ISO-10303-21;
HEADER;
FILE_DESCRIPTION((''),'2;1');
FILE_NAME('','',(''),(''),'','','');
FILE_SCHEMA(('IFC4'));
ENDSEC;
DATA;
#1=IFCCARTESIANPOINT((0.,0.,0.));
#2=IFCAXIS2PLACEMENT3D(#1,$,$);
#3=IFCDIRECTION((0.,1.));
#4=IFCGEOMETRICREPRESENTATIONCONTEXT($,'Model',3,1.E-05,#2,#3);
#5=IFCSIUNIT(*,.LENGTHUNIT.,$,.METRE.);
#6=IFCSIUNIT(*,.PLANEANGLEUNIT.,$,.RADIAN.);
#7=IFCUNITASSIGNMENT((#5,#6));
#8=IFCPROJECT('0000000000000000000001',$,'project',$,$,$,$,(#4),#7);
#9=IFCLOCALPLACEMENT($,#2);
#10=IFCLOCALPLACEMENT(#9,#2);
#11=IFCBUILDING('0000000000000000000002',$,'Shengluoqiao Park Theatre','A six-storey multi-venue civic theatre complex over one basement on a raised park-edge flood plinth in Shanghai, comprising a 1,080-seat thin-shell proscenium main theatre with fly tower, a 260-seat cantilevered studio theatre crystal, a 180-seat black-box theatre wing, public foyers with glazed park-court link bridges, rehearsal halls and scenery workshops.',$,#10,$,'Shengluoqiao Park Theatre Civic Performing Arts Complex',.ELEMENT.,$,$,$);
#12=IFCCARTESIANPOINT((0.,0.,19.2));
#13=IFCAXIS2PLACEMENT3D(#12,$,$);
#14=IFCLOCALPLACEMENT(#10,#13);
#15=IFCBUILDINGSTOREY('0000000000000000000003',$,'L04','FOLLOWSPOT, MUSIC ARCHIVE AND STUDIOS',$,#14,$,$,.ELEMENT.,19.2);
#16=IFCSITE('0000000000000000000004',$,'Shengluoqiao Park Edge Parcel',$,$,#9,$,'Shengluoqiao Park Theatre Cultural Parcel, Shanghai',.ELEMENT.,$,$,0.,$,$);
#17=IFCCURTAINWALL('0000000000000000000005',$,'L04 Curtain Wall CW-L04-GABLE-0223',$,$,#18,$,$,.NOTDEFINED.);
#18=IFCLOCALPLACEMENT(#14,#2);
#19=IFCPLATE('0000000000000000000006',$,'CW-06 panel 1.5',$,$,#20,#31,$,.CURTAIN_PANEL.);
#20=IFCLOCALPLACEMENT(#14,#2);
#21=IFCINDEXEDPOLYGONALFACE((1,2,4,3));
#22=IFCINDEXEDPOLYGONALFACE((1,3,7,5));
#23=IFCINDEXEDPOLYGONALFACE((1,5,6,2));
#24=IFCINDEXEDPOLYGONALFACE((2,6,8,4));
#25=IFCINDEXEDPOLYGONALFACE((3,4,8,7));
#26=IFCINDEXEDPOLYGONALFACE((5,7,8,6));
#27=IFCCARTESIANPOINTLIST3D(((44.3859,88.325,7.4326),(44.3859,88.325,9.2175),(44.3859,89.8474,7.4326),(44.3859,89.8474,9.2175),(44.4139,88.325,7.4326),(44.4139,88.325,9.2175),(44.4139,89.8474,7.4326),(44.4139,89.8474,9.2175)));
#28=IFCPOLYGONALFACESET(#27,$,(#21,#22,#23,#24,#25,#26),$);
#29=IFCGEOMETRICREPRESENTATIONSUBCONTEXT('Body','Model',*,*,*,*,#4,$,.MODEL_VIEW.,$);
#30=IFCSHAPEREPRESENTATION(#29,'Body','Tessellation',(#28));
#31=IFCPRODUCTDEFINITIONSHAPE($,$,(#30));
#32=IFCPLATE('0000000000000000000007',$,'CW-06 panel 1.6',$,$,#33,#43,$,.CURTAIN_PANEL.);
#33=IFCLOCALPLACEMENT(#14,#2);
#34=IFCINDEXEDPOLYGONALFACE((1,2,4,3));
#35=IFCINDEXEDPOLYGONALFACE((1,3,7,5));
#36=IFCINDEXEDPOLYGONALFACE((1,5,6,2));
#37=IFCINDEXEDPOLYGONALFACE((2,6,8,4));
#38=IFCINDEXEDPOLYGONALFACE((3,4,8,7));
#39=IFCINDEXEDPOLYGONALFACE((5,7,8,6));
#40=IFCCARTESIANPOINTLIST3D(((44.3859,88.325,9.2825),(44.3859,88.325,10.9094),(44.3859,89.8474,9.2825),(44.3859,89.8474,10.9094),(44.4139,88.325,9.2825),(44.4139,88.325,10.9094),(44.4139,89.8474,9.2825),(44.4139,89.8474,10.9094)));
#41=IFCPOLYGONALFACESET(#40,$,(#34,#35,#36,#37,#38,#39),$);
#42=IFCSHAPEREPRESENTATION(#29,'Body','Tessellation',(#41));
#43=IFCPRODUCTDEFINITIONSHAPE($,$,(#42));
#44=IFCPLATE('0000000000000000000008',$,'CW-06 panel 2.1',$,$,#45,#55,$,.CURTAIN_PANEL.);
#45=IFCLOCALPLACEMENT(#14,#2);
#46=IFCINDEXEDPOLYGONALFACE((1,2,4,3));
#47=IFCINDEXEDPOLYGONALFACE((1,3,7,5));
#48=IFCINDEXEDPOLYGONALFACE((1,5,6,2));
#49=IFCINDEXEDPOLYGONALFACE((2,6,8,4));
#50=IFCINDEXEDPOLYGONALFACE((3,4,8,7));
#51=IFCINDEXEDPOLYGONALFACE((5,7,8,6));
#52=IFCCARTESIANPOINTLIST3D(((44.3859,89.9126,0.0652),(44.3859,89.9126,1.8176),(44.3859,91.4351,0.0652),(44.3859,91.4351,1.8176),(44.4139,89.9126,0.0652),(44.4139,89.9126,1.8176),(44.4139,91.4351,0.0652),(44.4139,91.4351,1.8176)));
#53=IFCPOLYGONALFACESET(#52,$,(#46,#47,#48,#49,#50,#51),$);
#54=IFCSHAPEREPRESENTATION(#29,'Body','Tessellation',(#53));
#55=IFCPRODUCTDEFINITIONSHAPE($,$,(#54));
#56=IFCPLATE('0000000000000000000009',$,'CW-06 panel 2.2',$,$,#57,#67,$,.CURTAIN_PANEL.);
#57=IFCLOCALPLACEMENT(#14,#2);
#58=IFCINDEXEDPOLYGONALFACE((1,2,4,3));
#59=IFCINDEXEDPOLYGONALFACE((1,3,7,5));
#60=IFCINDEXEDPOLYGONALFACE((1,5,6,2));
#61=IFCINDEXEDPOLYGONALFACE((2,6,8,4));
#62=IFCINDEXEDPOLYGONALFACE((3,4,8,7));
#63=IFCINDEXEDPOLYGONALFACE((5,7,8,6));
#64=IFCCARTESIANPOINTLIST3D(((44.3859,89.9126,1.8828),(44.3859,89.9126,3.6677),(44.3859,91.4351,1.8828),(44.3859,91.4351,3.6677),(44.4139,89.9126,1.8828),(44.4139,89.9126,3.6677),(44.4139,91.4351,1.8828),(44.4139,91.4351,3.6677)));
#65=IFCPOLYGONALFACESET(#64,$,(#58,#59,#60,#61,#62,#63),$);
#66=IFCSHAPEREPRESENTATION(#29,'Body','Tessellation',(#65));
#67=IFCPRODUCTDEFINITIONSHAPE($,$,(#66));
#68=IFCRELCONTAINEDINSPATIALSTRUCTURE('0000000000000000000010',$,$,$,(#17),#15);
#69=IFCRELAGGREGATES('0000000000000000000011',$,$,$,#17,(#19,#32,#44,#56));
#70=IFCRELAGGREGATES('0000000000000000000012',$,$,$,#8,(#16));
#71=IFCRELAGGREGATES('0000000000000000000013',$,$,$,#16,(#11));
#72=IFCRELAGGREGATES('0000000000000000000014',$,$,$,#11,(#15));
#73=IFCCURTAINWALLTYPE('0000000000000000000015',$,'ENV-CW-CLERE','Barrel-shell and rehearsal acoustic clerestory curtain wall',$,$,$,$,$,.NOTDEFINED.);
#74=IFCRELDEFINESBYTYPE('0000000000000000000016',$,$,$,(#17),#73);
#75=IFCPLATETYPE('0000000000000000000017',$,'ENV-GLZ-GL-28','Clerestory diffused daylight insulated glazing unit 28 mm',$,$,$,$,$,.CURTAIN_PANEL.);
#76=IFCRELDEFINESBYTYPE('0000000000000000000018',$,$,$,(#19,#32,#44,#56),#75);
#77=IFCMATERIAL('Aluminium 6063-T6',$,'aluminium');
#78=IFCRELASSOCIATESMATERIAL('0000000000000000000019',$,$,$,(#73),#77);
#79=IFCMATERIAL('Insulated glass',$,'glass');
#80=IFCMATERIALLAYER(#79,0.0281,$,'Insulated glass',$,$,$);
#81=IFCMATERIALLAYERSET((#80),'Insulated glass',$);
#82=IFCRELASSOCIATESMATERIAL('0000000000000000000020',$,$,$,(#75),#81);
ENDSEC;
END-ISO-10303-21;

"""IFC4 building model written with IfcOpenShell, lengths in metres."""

from ifc_helpers import new_model, si_unit, direction, frame, origin, origin_2d, place, context, subcontext, project, spatial, rectangle, extrude, material, layer, layer_set, type_object, element, aggregate, save


model = new_model("IFC4")

# Units and contexts
model_context = context("Model", 3, precision=1e-05, world=origin(), true_north=direction((0.0, 1.0)))
body_context = subcontext(model_context, "Body", "Model", "MODEL_VIEW")
ifc_project = project(units=[si_unit("LENGTHUNIT", "METRE"), si_unit("PLANEANGLEUNIT", "RADIAN")], contexts=[model_context])

# Site, building, storey
site_placement = place(None, origin())
site = spatial("IfcSite", under=ifc_project, at=site_placement, Name="Shengluoqiao Park Edge Parcel", LongName="Shengluoqiao Park Theatre Cultural Parcel, Shanghai", CompositionType="ELEMENT", RefElevation=0.0)
building_placement = place(site_placement, origin())
building = spatial("IfcBuilding", under=site, at=building_placement, Name="Shengluoqiao Park Theatre", Description="A six-storey multi-venue civic theatre complex over one basement on a raised park-edge flood plinth in Shanghai, comprising a 1,080-seat thin-shell proscenium main theatre with fly tower, a 260-seat cantilevered studio theatre crystal, a 180-seat black-box theatre wing, public foyers with glazed park-court link bridges, rehearsal halls and scenery workshops.", LongName="Shengluoqiao Park Theatre Civic Performing Arts Complex", CompositionType="ELEMENT")
storey_placement = place(building_placement, frame((0.0, 0.0, 19.2)))
storey = spatial("IfcBuildingStorey", under=building, at=storey_placement, Name="L04", Description="FOLLOWSPOT, MUSIC ARCHIVE AND STUDIOS", CompositionType="ELEMENT", Elevation=19.2)

# Curtain wall, plates
ifc_material_1 = material(Name="Aluminium 6063-T6", Category="aluminium")
curtain_wall_type = type_object("IfcCurtainWallType", Name="ENV-CW-CLERE", Description="Barrel-shell and rehearsal acoustic clerestory curtain wall", PredefinedType="NOTDEFINED", material=ifc_material_1)
curtain_wall_placement = place(storey_placement, origin())
curtain_wall = element("IfcCurtainWall", 1, at=curtain_wall_placement, inside=storey, type_object=curtain_wall_type, Name="L04 Curtain Wall CW-L04-GABLE-0223", PredefinedType="NOTDEFINED")
ifc_material_2 = material(Name="Insulated glass", Category="glass")
ifc_layer = layer(ifc_material_2, 0.0281, Name="Insulated glass")
ifc_layer_set = layer_set([ifc_layer], Name="Insulated glass")
plate_type = type_object("IfcPlateType", Name="ENV-GLZ-GL-28", Description="Clerestory diffused daylight insulated glazing unit 28 mm", PredefinedType="CURTAIN_PANEL", material=ifc_layer_set)
plate_1_placement = place(storey_placement, frame((44.3999, 89.0862, 7.4326), z_axis=(0.0, 0.0, 1.0), x_axis=(0.0, 1.0, 0.0)))
plate_1 = element("IfcPlate", 2, at=plate_1_placement, type_object=plate_type, Name="CW-06 panel 1.5", PredefinedType="CURTAIN_PANEL", context=body_context, shape_type="SweptSolid", body=[
    extrude(rectangle(XDim=1.5225, YDim=0.0281, at=origin_2d()), origin(), (0.0, 0.0, 1.0), 1.7849),
])
plate_2_placement = place(storey_placement, frame((44.3999, 89.0862, 9.2825), z_axis=(0.0, 0.0, 1.0), x_axis=(0.0, 1.0, 0.0)))
plate_2 = element("IfcPlate", 3, at=plate_2_placement, type_object=plate_type, Name="CW-06 panel 1.6", PredefinedType="CURTAIN_PANEL", context=body_context, shape_type="SweptSolid", body=[
    extrude(rectangle(XDim=1.5225, YDim=0.0281, at=origin_2d()), origin(), (0.0, 0.0, 1.0), 1.627),
])
plate_3_placement = place(storey_placement, frame((44.3999, 90.6738, 0.0652), z_axis=(0.0, 0.0, 1.0), x_axis=(0.0, 1.0, 0.0)))
plate_3 = element("IfcPlate", 4, at=plate_3_placement, type_object=plate_type, Name="CW-06 panel 2.1", PredefinedType="CURTAIN_PANEL", context=body_context, shape_type="SweptSolid", body=[
    extrude(rectangle(XDim=1.5225, YDim=0.0281, at=origin_2d()), origin(), (0.0, 0.0, 1.0), 1.7524),
])
plate_4_placement = place(storey_placement, frame((44.3999, 90.6738, 1.8828), z_axis=(0.0, 0.0, 1.0), x_axis=(0.0, 1.0, 0.0)))
plate_4 = element("IfcPlate", 5, at=plate_4_placement, type_object=plate_type, Name="CW-06 panel 2.2", PredefinedType="CURTAIN_PANEL", context=body_context, shape_type="SweptSolid", body=[
    extrude(rectangle(XDim=1.5225, YDim=0.0281, at=origin_2d()), origin(), (0.0, 0.0, 1.0), 1.7849),
])
aggregate(curtain_wall, [plate_1, plate_2, plate_3, plate_4])

save(model, "model.ifc")
